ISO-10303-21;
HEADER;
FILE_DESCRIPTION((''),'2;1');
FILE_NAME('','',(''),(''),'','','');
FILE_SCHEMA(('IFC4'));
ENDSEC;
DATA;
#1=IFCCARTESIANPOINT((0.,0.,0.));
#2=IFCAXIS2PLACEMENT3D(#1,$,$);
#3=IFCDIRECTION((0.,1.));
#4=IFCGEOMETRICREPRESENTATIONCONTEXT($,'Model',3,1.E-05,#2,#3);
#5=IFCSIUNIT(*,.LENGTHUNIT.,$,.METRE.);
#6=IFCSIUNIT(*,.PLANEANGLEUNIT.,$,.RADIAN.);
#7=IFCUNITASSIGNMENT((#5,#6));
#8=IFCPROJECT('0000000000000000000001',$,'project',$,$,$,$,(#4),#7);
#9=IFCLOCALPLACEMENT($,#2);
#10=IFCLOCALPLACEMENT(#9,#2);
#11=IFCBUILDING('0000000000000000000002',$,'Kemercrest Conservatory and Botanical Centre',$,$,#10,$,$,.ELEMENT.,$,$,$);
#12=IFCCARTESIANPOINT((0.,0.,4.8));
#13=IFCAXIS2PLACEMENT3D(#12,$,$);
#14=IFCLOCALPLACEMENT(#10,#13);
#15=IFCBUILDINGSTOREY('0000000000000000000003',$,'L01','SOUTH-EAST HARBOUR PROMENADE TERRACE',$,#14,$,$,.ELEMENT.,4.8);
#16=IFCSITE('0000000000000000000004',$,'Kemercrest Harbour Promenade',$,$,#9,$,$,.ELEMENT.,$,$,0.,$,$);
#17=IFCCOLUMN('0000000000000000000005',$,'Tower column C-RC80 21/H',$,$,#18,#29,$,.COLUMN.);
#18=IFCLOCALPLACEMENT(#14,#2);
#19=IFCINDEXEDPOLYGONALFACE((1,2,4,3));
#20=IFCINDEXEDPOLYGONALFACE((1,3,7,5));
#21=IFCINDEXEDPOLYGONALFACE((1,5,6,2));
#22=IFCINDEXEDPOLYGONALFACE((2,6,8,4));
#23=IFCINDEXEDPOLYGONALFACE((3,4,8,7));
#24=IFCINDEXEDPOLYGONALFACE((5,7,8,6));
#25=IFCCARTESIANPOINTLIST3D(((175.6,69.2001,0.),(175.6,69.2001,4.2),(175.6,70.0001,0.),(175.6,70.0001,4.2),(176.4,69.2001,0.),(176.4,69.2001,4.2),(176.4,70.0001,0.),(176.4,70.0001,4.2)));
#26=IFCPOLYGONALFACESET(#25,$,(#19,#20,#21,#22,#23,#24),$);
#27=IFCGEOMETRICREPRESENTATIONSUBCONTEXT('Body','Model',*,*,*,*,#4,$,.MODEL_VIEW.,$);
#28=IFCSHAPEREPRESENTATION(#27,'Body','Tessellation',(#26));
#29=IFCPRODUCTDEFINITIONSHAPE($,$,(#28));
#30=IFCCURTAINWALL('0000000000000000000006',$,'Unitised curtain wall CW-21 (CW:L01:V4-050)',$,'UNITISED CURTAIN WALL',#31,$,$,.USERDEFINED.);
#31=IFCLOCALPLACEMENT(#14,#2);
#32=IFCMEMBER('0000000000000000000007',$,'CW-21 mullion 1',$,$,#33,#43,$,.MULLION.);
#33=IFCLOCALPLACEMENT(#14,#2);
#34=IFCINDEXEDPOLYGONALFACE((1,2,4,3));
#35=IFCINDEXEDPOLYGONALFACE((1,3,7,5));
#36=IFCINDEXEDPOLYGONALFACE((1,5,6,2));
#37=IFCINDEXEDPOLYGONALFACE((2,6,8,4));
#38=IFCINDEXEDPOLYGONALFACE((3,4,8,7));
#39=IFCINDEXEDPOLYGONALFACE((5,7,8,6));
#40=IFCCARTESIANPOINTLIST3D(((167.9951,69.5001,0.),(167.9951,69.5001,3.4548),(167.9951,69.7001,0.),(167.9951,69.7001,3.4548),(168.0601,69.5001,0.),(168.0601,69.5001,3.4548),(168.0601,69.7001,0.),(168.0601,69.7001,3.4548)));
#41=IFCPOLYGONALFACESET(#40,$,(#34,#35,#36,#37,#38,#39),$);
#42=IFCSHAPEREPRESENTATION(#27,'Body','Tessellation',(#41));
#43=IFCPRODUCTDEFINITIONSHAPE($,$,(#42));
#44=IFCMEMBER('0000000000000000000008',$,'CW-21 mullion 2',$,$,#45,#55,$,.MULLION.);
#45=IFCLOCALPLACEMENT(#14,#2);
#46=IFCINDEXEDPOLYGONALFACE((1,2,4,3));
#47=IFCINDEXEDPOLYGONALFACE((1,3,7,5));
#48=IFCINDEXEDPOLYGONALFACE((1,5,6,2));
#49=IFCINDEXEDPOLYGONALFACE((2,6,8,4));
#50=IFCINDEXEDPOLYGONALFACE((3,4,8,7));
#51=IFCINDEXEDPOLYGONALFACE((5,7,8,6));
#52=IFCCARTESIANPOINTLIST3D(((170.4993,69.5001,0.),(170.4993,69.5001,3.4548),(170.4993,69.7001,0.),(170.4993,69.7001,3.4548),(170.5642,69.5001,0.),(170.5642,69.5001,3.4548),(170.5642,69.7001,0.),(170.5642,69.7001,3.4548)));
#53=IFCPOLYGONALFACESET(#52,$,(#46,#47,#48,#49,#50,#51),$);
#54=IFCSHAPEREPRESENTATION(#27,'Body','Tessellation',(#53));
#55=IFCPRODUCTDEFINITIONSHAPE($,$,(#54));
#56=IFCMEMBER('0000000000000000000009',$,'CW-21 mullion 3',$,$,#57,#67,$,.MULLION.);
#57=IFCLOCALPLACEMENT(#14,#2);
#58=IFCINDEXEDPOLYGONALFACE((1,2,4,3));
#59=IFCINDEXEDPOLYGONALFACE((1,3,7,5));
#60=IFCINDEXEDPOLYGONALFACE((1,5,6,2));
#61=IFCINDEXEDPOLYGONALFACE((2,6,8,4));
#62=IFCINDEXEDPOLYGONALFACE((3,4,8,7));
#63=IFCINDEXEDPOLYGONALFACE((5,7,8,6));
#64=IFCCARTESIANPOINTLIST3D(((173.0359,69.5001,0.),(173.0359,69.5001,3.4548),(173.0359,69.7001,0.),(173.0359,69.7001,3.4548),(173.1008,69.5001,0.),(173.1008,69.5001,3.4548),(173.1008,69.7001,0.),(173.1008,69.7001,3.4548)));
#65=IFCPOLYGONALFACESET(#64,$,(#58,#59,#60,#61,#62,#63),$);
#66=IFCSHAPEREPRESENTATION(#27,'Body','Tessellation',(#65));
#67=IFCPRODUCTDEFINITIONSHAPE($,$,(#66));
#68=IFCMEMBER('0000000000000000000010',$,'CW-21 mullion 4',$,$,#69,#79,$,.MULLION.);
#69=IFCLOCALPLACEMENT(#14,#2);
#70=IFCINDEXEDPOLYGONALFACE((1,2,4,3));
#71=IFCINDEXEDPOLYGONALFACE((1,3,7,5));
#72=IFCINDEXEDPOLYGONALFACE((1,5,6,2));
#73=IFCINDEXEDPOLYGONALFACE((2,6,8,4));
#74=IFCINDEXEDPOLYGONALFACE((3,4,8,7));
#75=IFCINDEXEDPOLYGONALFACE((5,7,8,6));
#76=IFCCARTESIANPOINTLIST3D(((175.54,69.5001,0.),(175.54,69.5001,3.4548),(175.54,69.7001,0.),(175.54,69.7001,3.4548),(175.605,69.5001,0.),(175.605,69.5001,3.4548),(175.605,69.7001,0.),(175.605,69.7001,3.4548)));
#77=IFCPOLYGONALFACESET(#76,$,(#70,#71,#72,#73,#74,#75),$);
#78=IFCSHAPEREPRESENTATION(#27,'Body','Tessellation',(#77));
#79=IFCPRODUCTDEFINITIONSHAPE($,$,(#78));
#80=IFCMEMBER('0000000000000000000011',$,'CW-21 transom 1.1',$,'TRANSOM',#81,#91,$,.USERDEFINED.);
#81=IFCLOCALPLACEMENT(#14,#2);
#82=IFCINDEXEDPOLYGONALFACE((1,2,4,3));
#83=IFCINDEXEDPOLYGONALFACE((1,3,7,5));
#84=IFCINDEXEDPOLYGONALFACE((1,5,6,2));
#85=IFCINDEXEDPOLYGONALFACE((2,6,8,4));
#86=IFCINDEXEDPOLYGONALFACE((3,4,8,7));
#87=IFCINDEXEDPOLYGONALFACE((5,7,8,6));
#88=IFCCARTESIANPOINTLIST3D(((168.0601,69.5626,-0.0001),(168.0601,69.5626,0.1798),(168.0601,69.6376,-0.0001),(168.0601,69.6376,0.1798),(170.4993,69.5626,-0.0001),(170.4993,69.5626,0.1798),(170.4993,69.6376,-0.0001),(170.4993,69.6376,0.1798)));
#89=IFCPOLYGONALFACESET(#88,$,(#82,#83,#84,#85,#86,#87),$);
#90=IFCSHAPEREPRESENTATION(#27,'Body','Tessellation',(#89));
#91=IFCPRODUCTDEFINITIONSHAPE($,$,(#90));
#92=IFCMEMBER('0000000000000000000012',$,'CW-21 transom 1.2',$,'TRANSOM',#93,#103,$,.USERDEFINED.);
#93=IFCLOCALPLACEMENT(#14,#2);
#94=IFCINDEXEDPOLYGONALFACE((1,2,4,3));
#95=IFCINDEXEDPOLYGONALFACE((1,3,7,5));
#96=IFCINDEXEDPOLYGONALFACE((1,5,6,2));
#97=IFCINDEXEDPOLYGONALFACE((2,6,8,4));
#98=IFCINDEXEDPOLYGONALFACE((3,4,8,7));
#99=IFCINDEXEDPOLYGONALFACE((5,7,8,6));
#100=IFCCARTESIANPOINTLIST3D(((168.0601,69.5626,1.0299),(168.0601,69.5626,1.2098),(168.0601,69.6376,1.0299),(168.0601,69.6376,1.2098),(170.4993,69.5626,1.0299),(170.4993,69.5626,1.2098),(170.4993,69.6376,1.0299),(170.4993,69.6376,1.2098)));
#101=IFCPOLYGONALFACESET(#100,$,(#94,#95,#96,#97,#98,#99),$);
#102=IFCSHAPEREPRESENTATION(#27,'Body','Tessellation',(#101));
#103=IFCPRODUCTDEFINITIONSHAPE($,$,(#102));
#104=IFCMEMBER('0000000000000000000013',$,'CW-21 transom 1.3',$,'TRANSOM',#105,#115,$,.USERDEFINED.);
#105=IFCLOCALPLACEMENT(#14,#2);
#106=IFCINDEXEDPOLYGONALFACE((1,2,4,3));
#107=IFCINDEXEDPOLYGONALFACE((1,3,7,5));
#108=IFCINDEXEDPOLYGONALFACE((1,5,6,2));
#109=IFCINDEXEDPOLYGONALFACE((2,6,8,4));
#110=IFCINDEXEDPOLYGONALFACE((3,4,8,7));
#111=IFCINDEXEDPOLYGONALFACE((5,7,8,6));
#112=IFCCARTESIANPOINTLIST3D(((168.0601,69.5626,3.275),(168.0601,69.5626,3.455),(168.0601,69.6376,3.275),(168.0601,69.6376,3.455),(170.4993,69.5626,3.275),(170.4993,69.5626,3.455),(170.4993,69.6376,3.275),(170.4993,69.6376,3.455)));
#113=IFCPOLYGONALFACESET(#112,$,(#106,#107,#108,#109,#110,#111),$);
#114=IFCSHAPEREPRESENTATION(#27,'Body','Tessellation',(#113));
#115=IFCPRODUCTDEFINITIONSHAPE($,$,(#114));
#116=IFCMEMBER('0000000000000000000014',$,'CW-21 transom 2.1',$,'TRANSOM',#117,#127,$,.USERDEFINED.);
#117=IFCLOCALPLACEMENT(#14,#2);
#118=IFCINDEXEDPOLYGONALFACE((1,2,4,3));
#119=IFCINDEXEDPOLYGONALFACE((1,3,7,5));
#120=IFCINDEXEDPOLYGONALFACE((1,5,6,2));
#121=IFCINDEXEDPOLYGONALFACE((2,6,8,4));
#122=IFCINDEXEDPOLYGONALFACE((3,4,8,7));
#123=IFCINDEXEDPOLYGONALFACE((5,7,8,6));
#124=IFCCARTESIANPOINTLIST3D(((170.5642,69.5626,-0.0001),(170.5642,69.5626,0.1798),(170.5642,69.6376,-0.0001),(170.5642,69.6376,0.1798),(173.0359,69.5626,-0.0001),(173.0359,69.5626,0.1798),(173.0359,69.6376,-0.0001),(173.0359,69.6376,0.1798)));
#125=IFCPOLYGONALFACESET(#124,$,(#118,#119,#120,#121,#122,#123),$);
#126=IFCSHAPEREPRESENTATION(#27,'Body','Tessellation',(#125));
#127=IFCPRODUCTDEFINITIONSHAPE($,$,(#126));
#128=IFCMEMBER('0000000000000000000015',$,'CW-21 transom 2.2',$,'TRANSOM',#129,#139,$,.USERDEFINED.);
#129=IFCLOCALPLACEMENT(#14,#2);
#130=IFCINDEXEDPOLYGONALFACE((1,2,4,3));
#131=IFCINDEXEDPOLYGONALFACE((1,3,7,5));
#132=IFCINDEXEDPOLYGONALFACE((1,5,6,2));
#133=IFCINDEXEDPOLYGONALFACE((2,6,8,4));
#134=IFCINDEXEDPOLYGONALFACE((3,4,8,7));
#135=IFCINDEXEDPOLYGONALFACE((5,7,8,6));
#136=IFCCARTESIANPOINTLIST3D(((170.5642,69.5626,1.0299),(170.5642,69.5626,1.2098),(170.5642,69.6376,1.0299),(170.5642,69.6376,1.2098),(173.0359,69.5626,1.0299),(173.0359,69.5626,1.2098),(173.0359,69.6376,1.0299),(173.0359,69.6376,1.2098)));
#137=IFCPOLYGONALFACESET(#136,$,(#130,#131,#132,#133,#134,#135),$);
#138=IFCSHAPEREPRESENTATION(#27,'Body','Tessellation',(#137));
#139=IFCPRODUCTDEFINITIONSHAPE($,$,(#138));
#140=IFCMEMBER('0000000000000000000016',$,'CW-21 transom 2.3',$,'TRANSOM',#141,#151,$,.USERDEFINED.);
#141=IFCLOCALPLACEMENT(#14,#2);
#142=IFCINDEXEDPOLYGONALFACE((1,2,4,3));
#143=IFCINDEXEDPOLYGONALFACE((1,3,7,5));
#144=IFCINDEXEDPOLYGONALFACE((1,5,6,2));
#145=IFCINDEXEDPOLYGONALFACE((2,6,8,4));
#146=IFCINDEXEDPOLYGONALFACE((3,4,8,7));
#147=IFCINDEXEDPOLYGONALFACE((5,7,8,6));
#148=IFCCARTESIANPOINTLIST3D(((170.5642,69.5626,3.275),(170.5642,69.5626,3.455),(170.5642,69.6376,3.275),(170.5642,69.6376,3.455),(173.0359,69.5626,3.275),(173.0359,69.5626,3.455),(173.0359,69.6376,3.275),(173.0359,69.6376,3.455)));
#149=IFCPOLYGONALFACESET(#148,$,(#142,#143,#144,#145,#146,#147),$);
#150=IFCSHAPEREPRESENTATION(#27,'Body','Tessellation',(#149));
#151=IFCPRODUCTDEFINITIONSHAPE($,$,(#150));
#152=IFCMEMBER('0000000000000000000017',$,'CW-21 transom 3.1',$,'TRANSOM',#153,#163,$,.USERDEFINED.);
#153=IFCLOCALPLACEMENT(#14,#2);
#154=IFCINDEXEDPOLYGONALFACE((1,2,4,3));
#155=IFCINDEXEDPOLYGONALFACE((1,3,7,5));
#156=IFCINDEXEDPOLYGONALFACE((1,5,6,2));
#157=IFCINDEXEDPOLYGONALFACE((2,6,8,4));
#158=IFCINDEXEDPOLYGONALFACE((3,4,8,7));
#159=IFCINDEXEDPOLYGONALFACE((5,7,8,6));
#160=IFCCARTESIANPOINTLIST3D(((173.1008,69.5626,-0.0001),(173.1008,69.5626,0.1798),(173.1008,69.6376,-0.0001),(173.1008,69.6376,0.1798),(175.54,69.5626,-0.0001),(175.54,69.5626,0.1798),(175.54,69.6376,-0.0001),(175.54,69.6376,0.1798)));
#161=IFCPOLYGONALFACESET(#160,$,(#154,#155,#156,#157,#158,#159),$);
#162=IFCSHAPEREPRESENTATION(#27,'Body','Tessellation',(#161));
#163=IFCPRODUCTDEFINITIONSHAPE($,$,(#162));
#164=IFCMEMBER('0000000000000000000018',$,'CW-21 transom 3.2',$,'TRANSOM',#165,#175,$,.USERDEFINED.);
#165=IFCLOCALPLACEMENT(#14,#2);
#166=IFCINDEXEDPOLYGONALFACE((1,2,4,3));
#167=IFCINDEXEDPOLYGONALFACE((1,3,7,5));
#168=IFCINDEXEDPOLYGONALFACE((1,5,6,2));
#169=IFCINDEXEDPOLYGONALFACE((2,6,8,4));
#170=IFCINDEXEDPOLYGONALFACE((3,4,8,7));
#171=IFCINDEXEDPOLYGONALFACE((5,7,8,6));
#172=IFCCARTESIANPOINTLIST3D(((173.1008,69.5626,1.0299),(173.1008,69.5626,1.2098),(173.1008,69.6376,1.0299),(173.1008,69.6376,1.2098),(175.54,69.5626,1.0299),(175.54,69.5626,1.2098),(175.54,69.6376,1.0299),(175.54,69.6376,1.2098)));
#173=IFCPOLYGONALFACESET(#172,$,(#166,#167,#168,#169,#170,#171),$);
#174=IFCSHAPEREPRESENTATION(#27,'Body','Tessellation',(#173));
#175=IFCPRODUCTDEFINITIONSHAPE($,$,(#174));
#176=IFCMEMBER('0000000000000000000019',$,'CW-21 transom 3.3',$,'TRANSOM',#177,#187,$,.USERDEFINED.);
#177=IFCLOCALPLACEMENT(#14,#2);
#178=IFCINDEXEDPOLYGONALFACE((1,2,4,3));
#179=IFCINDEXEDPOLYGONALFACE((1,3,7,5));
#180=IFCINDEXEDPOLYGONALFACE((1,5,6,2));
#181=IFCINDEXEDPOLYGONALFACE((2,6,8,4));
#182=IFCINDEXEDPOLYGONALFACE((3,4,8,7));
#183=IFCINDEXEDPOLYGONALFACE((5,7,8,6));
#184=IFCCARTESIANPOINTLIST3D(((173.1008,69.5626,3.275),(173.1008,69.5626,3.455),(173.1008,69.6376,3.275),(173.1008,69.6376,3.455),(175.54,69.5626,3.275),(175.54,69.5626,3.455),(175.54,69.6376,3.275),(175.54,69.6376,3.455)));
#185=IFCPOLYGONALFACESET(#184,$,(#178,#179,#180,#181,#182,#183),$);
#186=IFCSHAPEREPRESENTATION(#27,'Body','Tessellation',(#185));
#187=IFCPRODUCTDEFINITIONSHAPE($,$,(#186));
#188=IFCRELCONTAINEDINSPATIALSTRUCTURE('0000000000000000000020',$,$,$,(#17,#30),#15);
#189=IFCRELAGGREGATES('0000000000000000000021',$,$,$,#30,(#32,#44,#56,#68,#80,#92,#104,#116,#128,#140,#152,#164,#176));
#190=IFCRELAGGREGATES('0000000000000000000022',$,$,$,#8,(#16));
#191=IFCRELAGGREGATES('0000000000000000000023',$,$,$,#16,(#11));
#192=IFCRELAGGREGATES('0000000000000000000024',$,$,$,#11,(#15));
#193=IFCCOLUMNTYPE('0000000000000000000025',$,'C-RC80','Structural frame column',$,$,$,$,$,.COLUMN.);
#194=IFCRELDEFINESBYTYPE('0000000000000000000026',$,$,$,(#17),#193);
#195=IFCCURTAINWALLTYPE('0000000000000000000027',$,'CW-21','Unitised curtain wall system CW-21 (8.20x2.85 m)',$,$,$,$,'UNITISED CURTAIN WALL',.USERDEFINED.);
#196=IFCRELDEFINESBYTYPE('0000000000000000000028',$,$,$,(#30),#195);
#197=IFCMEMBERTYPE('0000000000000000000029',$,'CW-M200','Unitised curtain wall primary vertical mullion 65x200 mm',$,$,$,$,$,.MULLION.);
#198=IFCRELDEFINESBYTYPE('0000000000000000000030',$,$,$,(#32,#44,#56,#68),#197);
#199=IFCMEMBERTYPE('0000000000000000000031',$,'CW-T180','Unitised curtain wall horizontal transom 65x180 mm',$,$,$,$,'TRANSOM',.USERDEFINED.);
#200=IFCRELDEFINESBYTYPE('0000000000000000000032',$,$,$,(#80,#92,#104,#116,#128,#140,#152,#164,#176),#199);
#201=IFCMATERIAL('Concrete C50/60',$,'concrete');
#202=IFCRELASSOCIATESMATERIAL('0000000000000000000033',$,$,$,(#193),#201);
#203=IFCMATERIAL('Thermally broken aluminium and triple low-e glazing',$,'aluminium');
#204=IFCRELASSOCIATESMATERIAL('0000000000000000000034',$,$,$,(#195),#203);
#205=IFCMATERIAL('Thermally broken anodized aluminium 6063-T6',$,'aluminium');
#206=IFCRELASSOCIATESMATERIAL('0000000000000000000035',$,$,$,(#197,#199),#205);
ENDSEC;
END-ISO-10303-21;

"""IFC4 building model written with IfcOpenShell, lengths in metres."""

from ifc_helpers import new_model, si_unit, direction, frame, origin, origin_2d, place, context, subcontext, project, spatial, rectangle, extrude, material, material_profile, profile_set, type_object, element, aggregate, save


model = new_model("IFC4")

# Units and contexts
model_context = context("Model", 3, precision=1e-05, world=origin(), true_north=direction((0.0, 1.0)))
body_context = subcontext(model_context, "Body", "Model", "MODEL_VIEW")
ifc_project = project(units=[si_unit("LENGTHUNIT", "METRE"), si_unit("PLANEANGLEUNIT", "RADIAN")], contexts=[model_context])

# Site, building, storey
site_placement = place(None, origin())
site = spatial("IfcSite", under=ifc_project, at=site_placement, Name="Kemercrest Harbour Promenade", CompositionType="ELEMENT", RefElevation=0.0)
building_placement = place(site_placement, origin())
building = spatial("IfcBuilding", under=site, at=building_placement, Name="Kemercrest Conservatory and Botanical Centre", CompositionType="ELEMENT")
storey_placement = place(building_placement, frame((0.0, 0.0, 4.8)))
storey = spatial("IfcBuildingStorey", under=building, at=storey_placement, Name="L01", Description="SOUTH-EAST HARBOUR PROMENADE TERRACE", CompositionType="ELEMENT", Elevation=4.8)

# Column
ifc_material_1 = material(Name="Concrete C50/60", Category="concrete")
ifc_material_profile_1 = material_profile(ifc_material_1, rectangle(XDim=0.8, YDim=0.8, at=origin_2d()), Name="RC 800x800")
ifc_profile_set_1 = profile_set([ifc_material_profile_1], Name="Concrete C50/60")
column_type = type_object("IfcColumnType", Name="C-RC80", Description="Structural frame column", PredefinedType="COLUMN", material=ifc_profile_set_1)
column_placement = place(storey_placement, frame((176.0, 69.6001, 0.0), z_axis=(0.0, 0.0, 1.0), x_axis=(1.0, 0.0, 0.0)))
element("IfcColumn", 1, at=column_placement, inside=storey, type_object=column_type, Name="Tower column C-RC80 21/H", PredefinedType="COLUMN", context=body_context, shape_type="SweptSolid", body=[
    extrude(rectangle(XDim=0.8, YDim=0.8, at=origin_2d()), origin(), (0.0, 0.0, 1.0), 4.2),
])

# Curtain wall, members
ifc_material_2 = material(Name="Thermally broken aluminium and triple low-e glazing", Category="aluminium")
curtain_wall_type = type_object("IfcCurtainWallType", Name="CW-21", Description="Unitised curtain wall system CW-21 (8.20x2.85 m)", ElementType="UNITISED CURTAIN WALL", PredefinedType="USERDEFINED", material=ifc_material_2)
curtain_wall_placement = place(storey_placement, origin())
curtain_wall = element("IfcCurtainWall", 2, at=curtain_wall_placement, inside=storey, type_object=curtain_wall_type, Name="Unitised curtain wall CW-21 (CW:L01:V4-050)", ObjectType="UNITISED CURTAIN WALL", PredefinedType="USERDEFINED")
ifc_material_3 = material(Name="Thermally broken anodized aluminium 6063-T6", Category="aluminium")
ifc_material_profile_2 = material_profile(ifc_material_3, rectangle(XDim=0.2, YDim=0.0649, at=origin_2d()), Name="AL MULLION 65x200")
ifc_profile_set_2 = profile_set([ifc_material_profile_2], Name="Thermally broken anodized aluminium 6063-T6")
member_type_1 = type_object("IfcMemberType", Name="CW-M200", Description="Unitised curtain wall primary vertical mullion 65x200 mm", PredefinedType="MULLION", material=ifc_profile_set_2)
member_1_placement = place(storey_placement, frame((168.0276, 69.6001, 0.0), z_axis=(0.0, 0.0, 1.0), x_axis=(0.0, 1.0, 0.0)))
member_1 = element("IfcMember", 3, at=member_1_placement, type_object=member_type_1, Name="CW-21 mullion 1", PredefinedType="MULLION", context=body_context, shape_type="SweptSolid", body=[
    extrude(rectangle(XDim=0.2, YDim=0.0649, at=origin_2d()), origin(), (0.0, 0.0, 1.0), 3.4548),
])
member_2_placement = place(storey_placement, frame((170.5317, 69.6001, 0.0), z_axis=(0.0, 0.0, 1.0), x_axis=(0.0, 1.0, 0.0)))
member_2 = element("IfcMember", 4, at=member_2_placement, type_object=member_type_1, Name="CW-21 mullion 2", PredefinedType="MULLION", context=body_context, shape_type="SweptSolid", body=[
    extrude(rectangle(XDim=0.2, YDim=0.0649, at=origin_2d()), origin(), (0.0, 0.0, 1.0), 3.4548),
])
member_3_placement = place(storey_placement, frame((173.0684, 69.6001, 0.0), z_axis=(0.0, 0.0, 1.0), x_axis=(0.0, 1.0, 0.0)))
member_3 = element("IfcMember", 5, at=member_3_placement, type_object=member_type_1, Name="CW-21 mullion 3", PredefinedType="MULLION", context=body_context, shape_type="SweptSolid", body=[
    extrude(rectangle(XDim=0.2, YDim=0.0649, at=origin_2d()), origin(), (0.0, 0.0, 1.0), 3.4548),
])
member_4_placement = place(storey_placement, frame((175.5725, 69.6001, 0.0), z_axis=(0.0, 0.0, 1.0), x_axis=(0.0, 1.0, 0.0)))
member_4 = element("IfcMember", 6, at=member_4_placement, type_object=member_type_1, Name="CW-21 mullion 4", PredefinedType="MULLION", context=body_context, shape_type="SweptSolid", body=[
    extrude(rectangle(XDim=0.2, YDim=0.0649, at=origin_2d()), origin(), (0.0, 0.0, 1.0), 3.4548),
])
ifc_material_profile_3 = material_profile(ifc_material_3, rectangle(XDim=0.075, YDim=0.1799, at=origin_2d()), Name="AL TRANSOM 75x180")
ifc_profile_set_3 = profile_set([ifc_material_profile_3], Name="Thermally broken anodized aluminium 6063-T6")
member_type_2 = type_object("IfcMemberType", Name="CW-T180", Description="Unitised curtain wall horizontal transom 65x180 mm", ElementType="TRANSOM", PredefinedType="USERDEFINED", material=ifc_profile_set_3)
member_5_placement = place(storey_placement, frame((168.0601, 69.6001, 0.0898), z_axis=(1.0, 0.0, 0.0), x_axis=(0.0, 1.0, 0.0)))
member_5 = element("IfcMember", 7, at=member_5_placement, type_object=member_type_2, Name="CW-21 transom 1.1", ObjectType="TRANSOM", PredefinedType="USERDEFINED", context=body_context, shape_type="SweptSolid", body=[
    extrude(rectangle(XDim=0.075, YDim=0.1799, at=origin_2d()), origin(), (0.0, 0.0, 1.0), 2.4392),
])
member_6_placement = place(storey_placement, frame((168.0601, 69.6001, 1.1199), z_axis=(1.0, 0.0, 0.0), x_axis=(0.0, 1.0, 0.0)))
member_6 = element("IfcMember", 8, at=member_6_placement, type_object=member_type_2, Name="CW-21 transom 1.2", ObjectType="TRANSOM", PredefinedType="USERDEFINED", context=body_context, shape_type="SweptSolid", body=[
    extrude(rectangle(XDim=0.075, YDim=0.1799, at=origin_2d()), origin(), (0.0, 0.0, 1.0), 2.4392),
])
member_7_placement = place(storey_placement, frame((168.0601, 69.6001, 3.365), z_axis=(1.0, 0.0, 0.0), x_axis=(0.0, 1.0, 0.0)))
member_7 = element("IfcMember", 9, at=member_7_placement, type_object=member_type_2, Name="CW-21 transom 1.3", ObjectType="TRANSOM", PredefinedType="USERDEFINED", context=body_context, shape_type="SweptSolid", body=[
    extrude(rectangle(XDim=0.075, YDim=0.1799, at=origin_2d()), origin(), (0.0, 0.0, 1.0), 2.4392),
])
member_8_placement = place(storey_placement, frame((170.5642, 69.6001, 0.0898), z_axis=(1.0, 0.0, 0.0), x_axis=(0.0, 1.0, 0.0)))
member_8 = element("IfcMember", 10, at=member_8_placement, type_object=member_type_2, Name="CW-21 transom 2.1", ObjectType="TRANSOM", PredefinedType="USERDEFINED", context=body_context, shape_type="SweptSolid", body=[
    extrude(rectangle(XDim=0.075, YDim=0.1799, at=origin_2d()), origin(), (0.0, 0.0, 1.0), 2.4717),
])
member_9_placement = place(storey_placement, frame((170.5642, 69.6001, 1.1199), z_axis=(1.0, 0.0, 0.0), x_axis=(0.0, 1.0, 0.0)))
member_9 = element("IfcMember", 11, at=member_9_placement, type_object=member_type_2, Name="CW-21 transom 2.2", ObjectType="TRANSOM", PredefinedType="USERDEFINED", context=body_context, shape_type="SweptSolid", body=[
    extrude(rectangle(XDim=0.075, YDim=0.1799, at=origin_2d()), origin(), (0.0, 0.0, 1.0), 2.4717),
])
member_10_placement = place(storey_placement, frame((170.5642, 69.6001, 3.365), z_axis=(1.0, 0.0, 0.0), x_axis=(0.0, 1.0, 0.0)))
member_10 = element("IfcMember", 12, at=member_10_placement, type_object=member_type_2, Name="CW-21 transom 2.3", ObjectType="TRANSOM", PredefinedType="USERDEFINED", context=body_context, shape_type="SweptSolid", body=[
    extrude(rectangle(XDim=0.075, YDim=0.1799, at=origin_2d()), origin(), (0.0, 0.0, 1.0), 2.4717),
])
member_11_placement = place(storey_placement, frame((173.1008, 69.6001, 0.0898), z_axis=(1.0, 0.0, 0.0), x_axis=(0.0, 1.0, 0.0)))
member_11 = element("IfcMember", 13, at=member_11_placement, type_object=member_type_2, Name="CW-21 transom 3.1", ObjectType="TRANSOM", PredefinedType="USERDEFINED", context=body_context, shape_type="SweptSolid", body=[
    extrude(rectangle(XDim=0.075, YDim=0.1799, at=origin_2d()), origin(), (0.0, 0.0, 1.0), 2.4392),
])
member_12_placement = place(storey_placement, frame((173.1008, 69.6001, 1.1199), z_axis=(1.0, 0.0, 0.0), x_axis=(0.0, 1.0, 0.0)))
member_12 = element("IfcMember", 14, at=member_12_placement, type_object=member_type_2, Name="CW-21 transom 3.2", ObjectType="TRANSOM", PredefinedType="USERDEFINED", context=body_context, shape_type="SweptSolid", body=[
    extrude(rectangle(XDim=0.075, YDim=0.1799, at=origin_2d()), origin(), (0.0, 0.0, 1.0), 2.4392),
])
member_13_placement = place(storey_placement, frame((173.1008, 69.6001, 3.365), z_axis=(1.0, 0.0, 0.0), x_axis=(0.0, 1.0, 0.0)))
member_13 = element("IfcMember", 15, at=member_13_placement, type_object=member_type_2, Name="CW-21 transom 3.3", ObjectType="TRANSOM", PredefinedType="USERDEFINED", context=body_context, shape_type="SweptSolid", body=[
    extrude(rectangle(XDim=0.075, YDim=0.1799, at=origin_2d()), origin(), (0.0, 0.0, 1.0), 2.4392),
])

aggregate(curtain_wall, [member_1, member_2, member_3, member_4, member_5, member_6, member_7, member_8, member_9, member_10, member_11, member_12, member_13])

save(model, "model.ifc")
